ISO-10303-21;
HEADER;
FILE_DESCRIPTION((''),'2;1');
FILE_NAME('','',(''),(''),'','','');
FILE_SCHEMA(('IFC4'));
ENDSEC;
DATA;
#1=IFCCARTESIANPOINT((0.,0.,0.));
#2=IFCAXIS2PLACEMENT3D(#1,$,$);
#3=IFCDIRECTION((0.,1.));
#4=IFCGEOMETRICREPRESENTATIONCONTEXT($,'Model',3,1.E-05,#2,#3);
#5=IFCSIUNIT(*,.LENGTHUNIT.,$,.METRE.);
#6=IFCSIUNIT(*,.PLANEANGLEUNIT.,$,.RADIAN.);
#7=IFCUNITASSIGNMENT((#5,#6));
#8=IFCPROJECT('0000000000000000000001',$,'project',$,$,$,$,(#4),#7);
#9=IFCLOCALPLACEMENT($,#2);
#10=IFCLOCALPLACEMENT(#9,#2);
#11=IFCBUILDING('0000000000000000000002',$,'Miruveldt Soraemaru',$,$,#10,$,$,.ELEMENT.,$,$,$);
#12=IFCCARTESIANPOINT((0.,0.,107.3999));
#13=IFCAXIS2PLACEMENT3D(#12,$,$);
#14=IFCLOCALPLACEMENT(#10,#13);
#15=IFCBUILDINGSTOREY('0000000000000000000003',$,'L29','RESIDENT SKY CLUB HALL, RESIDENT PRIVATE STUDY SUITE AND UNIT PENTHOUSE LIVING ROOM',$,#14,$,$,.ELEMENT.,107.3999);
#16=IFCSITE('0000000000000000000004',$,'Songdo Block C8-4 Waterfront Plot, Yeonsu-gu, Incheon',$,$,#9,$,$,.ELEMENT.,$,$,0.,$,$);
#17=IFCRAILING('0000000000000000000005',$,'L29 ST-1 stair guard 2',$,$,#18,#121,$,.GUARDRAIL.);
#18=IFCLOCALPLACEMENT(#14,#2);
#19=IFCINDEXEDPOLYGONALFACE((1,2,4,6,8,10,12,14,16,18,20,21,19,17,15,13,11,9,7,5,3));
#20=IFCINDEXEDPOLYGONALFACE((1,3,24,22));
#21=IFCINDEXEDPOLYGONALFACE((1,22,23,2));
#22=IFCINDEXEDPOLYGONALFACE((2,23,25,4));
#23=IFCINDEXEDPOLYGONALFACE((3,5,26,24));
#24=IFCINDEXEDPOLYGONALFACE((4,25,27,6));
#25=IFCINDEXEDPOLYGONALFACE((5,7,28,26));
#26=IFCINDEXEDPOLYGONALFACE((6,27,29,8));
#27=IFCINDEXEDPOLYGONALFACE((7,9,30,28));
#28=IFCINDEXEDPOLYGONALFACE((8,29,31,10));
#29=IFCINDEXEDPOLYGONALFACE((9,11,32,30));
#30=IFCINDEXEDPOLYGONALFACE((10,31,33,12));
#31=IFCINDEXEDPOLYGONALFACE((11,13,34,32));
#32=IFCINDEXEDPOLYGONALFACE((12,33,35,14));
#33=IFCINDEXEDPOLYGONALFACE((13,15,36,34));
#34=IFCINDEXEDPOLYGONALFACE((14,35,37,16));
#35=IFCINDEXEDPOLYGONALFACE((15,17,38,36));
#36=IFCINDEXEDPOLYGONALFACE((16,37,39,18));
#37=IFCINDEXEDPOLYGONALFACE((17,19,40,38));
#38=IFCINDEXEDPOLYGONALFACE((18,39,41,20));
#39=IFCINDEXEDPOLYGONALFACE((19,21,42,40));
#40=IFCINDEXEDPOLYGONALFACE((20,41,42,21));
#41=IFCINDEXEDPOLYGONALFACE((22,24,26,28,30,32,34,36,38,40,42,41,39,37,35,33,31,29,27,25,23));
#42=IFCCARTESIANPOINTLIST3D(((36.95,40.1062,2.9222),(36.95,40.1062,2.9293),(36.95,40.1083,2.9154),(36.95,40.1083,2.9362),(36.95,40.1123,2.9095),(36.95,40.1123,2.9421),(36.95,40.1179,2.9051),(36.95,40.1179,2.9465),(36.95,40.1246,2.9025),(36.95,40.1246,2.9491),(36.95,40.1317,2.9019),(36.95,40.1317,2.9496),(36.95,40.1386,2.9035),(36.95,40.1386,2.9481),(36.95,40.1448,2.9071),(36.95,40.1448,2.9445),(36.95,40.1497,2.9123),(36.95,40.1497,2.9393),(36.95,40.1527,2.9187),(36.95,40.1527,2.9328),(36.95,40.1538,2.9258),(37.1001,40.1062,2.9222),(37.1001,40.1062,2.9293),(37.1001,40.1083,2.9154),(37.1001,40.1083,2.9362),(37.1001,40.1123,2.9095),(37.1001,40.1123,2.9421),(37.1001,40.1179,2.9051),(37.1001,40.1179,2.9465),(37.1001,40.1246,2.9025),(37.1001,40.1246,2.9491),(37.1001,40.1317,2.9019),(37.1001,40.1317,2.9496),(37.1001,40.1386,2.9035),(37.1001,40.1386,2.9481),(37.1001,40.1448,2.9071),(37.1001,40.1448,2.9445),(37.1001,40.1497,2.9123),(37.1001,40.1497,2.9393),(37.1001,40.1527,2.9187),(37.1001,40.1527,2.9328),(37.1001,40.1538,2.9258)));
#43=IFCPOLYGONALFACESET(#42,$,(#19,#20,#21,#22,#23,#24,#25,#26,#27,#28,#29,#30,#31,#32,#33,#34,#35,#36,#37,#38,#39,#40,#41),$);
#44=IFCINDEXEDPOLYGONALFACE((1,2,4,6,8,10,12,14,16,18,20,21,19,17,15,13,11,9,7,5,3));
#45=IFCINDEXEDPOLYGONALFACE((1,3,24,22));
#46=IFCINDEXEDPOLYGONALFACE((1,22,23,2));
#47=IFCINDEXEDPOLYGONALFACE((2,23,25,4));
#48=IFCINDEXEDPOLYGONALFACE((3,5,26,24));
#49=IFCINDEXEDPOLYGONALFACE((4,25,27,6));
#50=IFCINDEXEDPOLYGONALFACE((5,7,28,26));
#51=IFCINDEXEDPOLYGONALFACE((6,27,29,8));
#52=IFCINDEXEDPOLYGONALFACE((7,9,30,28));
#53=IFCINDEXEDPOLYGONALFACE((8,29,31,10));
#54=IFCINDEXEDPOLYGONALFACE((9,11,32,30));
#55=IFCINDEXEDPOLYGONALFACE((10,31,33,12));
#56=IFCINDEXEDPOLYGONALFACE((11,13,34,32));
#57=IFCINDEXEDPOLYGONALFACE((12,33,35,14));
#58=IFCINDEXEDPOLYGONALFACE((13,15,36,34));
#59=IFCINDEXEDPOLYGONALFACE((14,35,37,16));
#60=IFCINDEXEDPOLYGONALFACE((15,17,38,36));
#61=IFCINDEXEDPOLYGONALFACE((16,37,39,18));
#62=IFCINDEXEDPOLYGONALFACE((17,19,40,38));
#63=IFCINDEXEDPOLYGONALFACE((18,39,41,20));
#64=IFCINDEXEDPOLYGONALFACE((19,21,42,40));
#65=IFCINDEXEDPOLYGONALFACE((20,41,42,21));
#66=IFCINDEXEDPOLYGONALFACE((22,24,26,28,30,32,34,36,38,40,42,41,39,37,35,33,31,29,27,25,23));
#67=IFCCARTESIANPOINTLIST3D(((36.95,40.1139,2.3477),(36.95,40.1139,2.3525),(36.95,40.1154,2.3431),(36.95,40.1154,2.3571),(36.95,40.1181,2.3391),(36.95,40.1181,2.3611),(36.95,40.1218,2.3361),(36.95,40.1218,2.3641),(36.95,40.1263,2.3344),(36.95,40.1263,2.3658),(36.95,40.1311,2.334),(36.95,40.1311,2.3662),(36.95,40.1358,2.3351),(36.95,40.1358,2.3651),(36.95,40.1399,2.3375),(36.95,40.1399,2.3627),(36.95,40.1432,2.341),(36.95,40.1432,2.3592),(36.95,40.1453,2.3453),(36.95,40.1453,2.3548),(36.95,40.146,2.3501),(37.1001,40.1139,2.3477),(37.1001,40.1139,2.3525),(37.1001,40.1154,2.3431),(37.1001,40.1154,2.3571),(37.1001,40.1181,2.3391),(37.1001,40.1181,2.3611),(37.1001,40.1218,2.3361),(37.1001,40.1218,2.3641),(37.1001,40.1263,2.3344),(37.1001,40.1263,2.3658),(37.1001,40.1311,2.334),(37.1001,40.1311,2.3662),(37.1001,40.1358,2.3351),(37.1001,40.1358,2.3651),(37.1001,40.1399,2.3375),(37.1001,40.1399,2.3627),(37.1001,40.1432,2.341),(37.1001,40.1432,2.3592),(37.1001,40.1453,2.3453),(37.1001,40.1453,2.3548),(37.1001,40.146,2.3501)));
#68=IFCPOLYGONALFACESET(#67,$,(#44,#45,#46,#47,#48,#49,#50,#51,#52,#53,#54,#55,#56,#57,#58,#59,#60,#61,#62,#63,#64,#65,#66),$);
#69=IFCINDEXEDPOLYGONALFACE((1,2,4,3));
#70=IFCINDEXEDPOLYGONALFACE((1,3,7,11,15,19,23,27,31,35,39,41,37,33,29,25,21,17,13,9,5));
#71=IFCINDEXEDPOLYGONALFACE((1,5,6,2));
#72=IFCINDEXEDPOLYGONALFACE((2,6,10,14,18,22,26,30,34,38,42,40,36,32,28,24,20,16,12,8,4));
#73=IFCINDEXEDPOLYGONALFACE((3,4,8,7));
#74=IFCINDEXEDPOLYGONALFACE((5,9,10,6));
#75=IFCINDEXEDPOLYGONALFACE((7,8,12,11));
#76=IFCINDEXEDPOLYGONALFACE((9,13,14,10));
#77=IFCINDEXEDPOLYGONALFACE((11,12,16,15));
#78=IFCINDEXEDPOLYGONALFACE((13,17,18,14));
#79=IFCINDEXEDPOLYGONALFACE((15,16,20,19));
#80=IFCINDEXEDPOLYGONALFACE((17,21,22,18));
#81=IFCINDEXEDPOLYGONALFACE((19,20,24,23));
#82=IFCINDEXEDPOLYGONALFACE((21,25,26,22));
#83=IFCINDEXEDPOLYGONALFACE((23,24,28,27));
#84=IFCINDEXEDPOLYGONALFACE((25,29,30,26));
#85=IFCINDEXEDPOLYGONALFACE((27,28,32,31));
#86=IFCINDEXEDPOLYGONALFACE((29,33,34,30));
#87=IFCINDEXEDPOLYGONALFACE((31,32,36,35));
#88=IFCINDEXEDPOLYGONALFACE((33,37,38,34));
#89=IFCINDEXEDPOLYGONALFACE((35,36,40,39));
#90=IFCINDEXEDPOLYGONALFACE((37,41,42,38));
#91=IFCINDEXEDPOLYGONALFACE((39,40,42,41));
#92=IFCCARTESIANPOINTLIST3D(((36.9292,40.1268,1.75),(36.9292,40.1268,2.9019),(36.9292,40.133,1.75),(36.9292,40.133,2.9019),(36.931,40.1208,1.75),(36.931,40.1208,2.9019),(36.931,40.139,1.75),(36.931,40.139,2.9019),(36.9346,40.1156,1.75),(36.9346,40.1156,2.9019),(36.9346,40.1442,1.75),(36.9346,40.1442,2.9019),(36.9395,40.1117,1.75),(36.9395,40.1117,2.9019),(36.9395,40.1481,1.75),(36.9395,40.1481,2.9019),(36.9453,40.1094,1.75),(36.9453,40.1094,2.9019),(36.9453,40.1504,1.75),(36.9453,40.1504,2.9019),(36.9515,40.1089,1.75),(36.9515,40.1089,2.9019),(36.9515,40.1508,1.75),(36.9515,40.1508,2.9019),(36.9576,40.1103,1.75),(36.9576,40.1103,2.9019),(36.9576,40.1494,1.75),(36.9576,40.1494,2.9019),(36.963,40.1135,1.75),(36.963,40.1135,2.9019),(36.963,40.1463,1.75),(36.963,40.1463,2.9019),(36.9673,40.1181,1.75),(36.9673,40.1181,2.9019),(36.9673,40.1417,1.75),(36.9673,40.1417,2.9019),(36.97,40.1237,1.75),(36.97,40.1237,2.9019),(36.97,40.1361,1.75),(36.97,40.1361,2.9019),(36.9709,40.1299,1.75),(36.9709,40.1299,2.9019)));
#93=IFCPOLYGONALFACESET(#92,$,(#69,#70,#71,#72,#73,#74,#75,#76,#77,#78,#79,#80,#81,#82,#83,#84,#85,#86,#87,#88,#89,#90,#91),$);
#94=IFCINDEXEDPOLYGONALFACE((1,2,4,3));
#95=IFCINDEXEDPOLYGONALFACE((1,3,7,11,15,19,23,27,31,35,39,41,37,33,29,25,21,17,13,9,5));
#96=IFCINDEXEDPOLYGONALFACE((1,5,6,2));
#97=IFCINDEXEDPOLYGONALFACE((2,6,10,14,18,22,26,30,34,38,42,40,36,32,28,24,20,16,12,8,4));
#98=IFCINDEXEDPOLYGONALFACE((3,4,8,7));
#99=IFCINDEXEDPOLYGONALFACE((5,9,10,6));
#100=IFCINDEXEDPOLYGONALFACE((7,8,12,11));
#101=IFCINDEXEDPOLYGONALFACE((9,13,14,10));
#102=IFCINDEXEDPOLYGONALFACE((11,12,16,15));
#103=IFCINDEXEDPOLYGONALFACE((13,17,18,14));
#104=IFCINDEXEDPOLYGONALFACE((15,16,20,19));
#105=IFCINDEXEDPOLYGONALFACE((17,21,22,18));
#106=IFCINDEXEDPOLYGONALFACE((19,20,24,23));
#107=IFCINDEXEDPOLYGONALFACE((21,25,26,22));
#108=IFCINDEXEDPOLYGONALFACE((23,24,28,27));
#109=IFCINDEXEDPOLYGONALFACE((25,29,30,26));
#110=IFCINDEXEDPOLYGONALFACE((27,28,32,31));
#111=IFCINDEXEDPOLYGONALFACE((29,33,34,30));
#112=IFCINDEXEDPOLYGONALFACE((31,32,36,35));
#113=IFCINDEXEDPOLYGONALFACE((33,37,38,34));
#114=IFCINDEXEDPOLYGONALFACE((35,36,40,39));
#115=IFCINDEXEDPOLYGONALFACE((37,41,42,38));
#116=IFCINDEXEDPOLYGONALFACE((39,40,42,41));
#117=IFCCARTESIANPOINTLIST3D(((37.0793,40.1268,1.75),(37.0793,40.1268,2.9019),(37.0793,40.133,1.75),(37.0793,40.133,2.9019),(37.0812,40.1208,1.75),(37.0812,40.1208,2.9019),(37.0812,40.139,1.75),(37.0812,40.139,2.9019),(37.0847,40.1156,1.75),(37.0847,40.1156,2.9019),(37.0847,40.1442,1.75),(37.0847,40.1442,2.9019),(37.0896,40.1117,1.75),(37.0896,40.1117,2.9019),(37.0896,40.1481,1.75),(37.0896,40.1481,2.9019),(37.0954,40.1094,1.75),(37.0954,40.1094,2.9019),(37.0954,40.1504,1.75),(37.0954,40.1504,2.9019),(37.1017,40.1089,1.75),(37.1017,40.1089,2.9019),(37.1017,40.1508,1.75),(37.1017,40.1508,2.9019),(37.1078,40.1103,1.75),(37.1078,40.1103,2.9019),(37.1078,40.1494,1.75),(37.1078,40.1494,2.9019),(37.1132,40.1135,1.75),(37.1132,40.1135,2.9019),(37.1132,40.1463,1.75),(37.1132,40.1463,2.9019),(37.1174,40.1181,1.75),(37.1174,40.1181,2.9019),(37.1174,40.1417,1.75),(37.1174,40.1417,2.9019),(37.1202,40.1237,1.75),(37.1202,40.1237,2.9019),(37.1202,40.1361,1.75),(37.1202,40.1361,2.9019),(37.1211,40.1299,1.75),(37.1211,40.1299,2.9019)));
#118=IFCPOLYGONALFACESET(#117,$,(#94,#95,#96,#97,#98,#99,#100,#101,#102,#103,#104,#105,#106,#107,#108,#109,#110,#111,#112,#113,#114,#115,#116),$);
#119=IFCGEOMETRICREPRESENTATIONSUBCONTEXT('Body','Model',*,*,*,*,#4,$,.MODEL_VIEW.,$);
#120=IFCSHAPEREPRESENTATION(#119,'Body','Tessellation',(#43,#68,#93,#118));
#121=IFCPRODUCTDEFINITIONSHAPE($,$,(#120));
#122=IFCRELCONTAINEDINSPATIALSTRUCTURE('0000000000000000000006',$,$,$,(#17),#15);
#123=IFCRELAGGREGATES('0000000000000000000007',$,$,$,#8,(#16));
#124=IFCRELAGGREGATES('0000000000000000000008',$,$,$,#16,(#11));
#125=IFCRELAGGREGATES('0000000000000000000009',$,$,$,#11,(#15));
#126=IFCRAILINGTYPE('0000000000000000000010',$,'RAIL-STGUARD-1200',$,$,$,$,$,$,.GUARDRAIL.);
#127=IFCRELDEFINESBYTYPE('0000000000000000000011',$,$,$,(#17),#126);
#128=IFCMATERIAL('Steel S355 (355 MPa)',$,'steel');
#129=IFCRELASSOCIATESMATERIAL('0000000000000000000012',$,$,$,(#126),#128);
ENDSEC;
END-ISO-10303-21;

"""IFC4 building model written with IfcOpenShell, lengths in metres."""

from ifc_helpers import new_model, si_unit, direction, frame, origin, origin_2d, place, context, subcontext, project, spatial, circle, extrude, material, type_object, element, save


model = new_model("IFC4")

# Units and contexts
model_context = context("Model", 3, precision=1e-05, world=origin(), true_north=direction((0.0, 1.0)))
body_context = subcontext(model_context, "Body", "Model", "MODEL_VIEW")
ifc_project = project(units=[si_unit("LENGTHUNIT", "METRE"), si_unit("PLANEANGLEUNIT", "RADIAN")], contexts=[model_context])

# Site, building, storey
site_placement = place(None, origin())
site = spatial("IfcSite", under=ifc_project, at=site_placement, Name="Songdo Block C8-4 Waterfront Plot, Yeonsu-gu, Incheon", CompositionType="ELEMENT", RefElevation=0.0)
building_placement = place(site_placement, origin())
building = spatial("IfcBuilding", under=site, at=building_placement, Name="Miruveldt Soraemaru", CompositionType="ELEMENT")
storey_placement = place(building_placement, frame((0.0, 0.0, 107.3999)))
storey = spatial("IfcBuildingStorey", under=building, at=storey_placement, Name="L29", Description="RESIDENT SKY CLUB HALL, RESIDENT PRIVATE STUDY SUITE AND UNIT PENTHOUSE LIVING ROOM", CompositionType="ELEMENT", Elevation=107.3999)

# Railing
ifc_material_1 = material(Name="Steel S355 (355 MPa)", Category="steel")
railing_type_1 = type_object("IfcRailingType", Name="RAIL-STGUARD-1200", PredefinedType="GUARDRAIL", material=ifc_material_1)
railing_1_placement = place(storey_placement, frame((36.95, 40.1299, 1.75)))
element("IfcRailing", 1, at=railing_1_placement, inside=storey, type_object=railing_type_1, Name="L29 ST-1 stair guard 2", PredefinedType="GUARDRAIL", context=body_context, shape_type="SweptSolid", body=[
    extrude(circle(Radius=0.0239, at=origin_2d()), frame((0.0, 0.0, 1.1758), z_axis=(1.0, 0.0, 0.0), x_axis=(0.0, 1.0, 0.0)), (0.0, 0.0, 1.0), 0.1501),
    extrude(circle(Radius=0.0161, at=origin_2d()), frame((0.0, 0.0, 0.6001), z_axis=(1.0, 0.0, 0.0), x_axis=(0.0, 1.0, 0.0)), (0.0, 0.0, 1.0), 0.1501),
    extrude(circle(Radius=0.021, at=origin_2d()), origin(), (0.0, 0.0, 1.0), 1.1519),
    extrude(circle(Radius=0.021, at=origin_2d()), frame((0.1501, 0.0, 0.0)), (0.0, 0.0, 1.0), 1.1519),
])

save(model, "model.ifc")
